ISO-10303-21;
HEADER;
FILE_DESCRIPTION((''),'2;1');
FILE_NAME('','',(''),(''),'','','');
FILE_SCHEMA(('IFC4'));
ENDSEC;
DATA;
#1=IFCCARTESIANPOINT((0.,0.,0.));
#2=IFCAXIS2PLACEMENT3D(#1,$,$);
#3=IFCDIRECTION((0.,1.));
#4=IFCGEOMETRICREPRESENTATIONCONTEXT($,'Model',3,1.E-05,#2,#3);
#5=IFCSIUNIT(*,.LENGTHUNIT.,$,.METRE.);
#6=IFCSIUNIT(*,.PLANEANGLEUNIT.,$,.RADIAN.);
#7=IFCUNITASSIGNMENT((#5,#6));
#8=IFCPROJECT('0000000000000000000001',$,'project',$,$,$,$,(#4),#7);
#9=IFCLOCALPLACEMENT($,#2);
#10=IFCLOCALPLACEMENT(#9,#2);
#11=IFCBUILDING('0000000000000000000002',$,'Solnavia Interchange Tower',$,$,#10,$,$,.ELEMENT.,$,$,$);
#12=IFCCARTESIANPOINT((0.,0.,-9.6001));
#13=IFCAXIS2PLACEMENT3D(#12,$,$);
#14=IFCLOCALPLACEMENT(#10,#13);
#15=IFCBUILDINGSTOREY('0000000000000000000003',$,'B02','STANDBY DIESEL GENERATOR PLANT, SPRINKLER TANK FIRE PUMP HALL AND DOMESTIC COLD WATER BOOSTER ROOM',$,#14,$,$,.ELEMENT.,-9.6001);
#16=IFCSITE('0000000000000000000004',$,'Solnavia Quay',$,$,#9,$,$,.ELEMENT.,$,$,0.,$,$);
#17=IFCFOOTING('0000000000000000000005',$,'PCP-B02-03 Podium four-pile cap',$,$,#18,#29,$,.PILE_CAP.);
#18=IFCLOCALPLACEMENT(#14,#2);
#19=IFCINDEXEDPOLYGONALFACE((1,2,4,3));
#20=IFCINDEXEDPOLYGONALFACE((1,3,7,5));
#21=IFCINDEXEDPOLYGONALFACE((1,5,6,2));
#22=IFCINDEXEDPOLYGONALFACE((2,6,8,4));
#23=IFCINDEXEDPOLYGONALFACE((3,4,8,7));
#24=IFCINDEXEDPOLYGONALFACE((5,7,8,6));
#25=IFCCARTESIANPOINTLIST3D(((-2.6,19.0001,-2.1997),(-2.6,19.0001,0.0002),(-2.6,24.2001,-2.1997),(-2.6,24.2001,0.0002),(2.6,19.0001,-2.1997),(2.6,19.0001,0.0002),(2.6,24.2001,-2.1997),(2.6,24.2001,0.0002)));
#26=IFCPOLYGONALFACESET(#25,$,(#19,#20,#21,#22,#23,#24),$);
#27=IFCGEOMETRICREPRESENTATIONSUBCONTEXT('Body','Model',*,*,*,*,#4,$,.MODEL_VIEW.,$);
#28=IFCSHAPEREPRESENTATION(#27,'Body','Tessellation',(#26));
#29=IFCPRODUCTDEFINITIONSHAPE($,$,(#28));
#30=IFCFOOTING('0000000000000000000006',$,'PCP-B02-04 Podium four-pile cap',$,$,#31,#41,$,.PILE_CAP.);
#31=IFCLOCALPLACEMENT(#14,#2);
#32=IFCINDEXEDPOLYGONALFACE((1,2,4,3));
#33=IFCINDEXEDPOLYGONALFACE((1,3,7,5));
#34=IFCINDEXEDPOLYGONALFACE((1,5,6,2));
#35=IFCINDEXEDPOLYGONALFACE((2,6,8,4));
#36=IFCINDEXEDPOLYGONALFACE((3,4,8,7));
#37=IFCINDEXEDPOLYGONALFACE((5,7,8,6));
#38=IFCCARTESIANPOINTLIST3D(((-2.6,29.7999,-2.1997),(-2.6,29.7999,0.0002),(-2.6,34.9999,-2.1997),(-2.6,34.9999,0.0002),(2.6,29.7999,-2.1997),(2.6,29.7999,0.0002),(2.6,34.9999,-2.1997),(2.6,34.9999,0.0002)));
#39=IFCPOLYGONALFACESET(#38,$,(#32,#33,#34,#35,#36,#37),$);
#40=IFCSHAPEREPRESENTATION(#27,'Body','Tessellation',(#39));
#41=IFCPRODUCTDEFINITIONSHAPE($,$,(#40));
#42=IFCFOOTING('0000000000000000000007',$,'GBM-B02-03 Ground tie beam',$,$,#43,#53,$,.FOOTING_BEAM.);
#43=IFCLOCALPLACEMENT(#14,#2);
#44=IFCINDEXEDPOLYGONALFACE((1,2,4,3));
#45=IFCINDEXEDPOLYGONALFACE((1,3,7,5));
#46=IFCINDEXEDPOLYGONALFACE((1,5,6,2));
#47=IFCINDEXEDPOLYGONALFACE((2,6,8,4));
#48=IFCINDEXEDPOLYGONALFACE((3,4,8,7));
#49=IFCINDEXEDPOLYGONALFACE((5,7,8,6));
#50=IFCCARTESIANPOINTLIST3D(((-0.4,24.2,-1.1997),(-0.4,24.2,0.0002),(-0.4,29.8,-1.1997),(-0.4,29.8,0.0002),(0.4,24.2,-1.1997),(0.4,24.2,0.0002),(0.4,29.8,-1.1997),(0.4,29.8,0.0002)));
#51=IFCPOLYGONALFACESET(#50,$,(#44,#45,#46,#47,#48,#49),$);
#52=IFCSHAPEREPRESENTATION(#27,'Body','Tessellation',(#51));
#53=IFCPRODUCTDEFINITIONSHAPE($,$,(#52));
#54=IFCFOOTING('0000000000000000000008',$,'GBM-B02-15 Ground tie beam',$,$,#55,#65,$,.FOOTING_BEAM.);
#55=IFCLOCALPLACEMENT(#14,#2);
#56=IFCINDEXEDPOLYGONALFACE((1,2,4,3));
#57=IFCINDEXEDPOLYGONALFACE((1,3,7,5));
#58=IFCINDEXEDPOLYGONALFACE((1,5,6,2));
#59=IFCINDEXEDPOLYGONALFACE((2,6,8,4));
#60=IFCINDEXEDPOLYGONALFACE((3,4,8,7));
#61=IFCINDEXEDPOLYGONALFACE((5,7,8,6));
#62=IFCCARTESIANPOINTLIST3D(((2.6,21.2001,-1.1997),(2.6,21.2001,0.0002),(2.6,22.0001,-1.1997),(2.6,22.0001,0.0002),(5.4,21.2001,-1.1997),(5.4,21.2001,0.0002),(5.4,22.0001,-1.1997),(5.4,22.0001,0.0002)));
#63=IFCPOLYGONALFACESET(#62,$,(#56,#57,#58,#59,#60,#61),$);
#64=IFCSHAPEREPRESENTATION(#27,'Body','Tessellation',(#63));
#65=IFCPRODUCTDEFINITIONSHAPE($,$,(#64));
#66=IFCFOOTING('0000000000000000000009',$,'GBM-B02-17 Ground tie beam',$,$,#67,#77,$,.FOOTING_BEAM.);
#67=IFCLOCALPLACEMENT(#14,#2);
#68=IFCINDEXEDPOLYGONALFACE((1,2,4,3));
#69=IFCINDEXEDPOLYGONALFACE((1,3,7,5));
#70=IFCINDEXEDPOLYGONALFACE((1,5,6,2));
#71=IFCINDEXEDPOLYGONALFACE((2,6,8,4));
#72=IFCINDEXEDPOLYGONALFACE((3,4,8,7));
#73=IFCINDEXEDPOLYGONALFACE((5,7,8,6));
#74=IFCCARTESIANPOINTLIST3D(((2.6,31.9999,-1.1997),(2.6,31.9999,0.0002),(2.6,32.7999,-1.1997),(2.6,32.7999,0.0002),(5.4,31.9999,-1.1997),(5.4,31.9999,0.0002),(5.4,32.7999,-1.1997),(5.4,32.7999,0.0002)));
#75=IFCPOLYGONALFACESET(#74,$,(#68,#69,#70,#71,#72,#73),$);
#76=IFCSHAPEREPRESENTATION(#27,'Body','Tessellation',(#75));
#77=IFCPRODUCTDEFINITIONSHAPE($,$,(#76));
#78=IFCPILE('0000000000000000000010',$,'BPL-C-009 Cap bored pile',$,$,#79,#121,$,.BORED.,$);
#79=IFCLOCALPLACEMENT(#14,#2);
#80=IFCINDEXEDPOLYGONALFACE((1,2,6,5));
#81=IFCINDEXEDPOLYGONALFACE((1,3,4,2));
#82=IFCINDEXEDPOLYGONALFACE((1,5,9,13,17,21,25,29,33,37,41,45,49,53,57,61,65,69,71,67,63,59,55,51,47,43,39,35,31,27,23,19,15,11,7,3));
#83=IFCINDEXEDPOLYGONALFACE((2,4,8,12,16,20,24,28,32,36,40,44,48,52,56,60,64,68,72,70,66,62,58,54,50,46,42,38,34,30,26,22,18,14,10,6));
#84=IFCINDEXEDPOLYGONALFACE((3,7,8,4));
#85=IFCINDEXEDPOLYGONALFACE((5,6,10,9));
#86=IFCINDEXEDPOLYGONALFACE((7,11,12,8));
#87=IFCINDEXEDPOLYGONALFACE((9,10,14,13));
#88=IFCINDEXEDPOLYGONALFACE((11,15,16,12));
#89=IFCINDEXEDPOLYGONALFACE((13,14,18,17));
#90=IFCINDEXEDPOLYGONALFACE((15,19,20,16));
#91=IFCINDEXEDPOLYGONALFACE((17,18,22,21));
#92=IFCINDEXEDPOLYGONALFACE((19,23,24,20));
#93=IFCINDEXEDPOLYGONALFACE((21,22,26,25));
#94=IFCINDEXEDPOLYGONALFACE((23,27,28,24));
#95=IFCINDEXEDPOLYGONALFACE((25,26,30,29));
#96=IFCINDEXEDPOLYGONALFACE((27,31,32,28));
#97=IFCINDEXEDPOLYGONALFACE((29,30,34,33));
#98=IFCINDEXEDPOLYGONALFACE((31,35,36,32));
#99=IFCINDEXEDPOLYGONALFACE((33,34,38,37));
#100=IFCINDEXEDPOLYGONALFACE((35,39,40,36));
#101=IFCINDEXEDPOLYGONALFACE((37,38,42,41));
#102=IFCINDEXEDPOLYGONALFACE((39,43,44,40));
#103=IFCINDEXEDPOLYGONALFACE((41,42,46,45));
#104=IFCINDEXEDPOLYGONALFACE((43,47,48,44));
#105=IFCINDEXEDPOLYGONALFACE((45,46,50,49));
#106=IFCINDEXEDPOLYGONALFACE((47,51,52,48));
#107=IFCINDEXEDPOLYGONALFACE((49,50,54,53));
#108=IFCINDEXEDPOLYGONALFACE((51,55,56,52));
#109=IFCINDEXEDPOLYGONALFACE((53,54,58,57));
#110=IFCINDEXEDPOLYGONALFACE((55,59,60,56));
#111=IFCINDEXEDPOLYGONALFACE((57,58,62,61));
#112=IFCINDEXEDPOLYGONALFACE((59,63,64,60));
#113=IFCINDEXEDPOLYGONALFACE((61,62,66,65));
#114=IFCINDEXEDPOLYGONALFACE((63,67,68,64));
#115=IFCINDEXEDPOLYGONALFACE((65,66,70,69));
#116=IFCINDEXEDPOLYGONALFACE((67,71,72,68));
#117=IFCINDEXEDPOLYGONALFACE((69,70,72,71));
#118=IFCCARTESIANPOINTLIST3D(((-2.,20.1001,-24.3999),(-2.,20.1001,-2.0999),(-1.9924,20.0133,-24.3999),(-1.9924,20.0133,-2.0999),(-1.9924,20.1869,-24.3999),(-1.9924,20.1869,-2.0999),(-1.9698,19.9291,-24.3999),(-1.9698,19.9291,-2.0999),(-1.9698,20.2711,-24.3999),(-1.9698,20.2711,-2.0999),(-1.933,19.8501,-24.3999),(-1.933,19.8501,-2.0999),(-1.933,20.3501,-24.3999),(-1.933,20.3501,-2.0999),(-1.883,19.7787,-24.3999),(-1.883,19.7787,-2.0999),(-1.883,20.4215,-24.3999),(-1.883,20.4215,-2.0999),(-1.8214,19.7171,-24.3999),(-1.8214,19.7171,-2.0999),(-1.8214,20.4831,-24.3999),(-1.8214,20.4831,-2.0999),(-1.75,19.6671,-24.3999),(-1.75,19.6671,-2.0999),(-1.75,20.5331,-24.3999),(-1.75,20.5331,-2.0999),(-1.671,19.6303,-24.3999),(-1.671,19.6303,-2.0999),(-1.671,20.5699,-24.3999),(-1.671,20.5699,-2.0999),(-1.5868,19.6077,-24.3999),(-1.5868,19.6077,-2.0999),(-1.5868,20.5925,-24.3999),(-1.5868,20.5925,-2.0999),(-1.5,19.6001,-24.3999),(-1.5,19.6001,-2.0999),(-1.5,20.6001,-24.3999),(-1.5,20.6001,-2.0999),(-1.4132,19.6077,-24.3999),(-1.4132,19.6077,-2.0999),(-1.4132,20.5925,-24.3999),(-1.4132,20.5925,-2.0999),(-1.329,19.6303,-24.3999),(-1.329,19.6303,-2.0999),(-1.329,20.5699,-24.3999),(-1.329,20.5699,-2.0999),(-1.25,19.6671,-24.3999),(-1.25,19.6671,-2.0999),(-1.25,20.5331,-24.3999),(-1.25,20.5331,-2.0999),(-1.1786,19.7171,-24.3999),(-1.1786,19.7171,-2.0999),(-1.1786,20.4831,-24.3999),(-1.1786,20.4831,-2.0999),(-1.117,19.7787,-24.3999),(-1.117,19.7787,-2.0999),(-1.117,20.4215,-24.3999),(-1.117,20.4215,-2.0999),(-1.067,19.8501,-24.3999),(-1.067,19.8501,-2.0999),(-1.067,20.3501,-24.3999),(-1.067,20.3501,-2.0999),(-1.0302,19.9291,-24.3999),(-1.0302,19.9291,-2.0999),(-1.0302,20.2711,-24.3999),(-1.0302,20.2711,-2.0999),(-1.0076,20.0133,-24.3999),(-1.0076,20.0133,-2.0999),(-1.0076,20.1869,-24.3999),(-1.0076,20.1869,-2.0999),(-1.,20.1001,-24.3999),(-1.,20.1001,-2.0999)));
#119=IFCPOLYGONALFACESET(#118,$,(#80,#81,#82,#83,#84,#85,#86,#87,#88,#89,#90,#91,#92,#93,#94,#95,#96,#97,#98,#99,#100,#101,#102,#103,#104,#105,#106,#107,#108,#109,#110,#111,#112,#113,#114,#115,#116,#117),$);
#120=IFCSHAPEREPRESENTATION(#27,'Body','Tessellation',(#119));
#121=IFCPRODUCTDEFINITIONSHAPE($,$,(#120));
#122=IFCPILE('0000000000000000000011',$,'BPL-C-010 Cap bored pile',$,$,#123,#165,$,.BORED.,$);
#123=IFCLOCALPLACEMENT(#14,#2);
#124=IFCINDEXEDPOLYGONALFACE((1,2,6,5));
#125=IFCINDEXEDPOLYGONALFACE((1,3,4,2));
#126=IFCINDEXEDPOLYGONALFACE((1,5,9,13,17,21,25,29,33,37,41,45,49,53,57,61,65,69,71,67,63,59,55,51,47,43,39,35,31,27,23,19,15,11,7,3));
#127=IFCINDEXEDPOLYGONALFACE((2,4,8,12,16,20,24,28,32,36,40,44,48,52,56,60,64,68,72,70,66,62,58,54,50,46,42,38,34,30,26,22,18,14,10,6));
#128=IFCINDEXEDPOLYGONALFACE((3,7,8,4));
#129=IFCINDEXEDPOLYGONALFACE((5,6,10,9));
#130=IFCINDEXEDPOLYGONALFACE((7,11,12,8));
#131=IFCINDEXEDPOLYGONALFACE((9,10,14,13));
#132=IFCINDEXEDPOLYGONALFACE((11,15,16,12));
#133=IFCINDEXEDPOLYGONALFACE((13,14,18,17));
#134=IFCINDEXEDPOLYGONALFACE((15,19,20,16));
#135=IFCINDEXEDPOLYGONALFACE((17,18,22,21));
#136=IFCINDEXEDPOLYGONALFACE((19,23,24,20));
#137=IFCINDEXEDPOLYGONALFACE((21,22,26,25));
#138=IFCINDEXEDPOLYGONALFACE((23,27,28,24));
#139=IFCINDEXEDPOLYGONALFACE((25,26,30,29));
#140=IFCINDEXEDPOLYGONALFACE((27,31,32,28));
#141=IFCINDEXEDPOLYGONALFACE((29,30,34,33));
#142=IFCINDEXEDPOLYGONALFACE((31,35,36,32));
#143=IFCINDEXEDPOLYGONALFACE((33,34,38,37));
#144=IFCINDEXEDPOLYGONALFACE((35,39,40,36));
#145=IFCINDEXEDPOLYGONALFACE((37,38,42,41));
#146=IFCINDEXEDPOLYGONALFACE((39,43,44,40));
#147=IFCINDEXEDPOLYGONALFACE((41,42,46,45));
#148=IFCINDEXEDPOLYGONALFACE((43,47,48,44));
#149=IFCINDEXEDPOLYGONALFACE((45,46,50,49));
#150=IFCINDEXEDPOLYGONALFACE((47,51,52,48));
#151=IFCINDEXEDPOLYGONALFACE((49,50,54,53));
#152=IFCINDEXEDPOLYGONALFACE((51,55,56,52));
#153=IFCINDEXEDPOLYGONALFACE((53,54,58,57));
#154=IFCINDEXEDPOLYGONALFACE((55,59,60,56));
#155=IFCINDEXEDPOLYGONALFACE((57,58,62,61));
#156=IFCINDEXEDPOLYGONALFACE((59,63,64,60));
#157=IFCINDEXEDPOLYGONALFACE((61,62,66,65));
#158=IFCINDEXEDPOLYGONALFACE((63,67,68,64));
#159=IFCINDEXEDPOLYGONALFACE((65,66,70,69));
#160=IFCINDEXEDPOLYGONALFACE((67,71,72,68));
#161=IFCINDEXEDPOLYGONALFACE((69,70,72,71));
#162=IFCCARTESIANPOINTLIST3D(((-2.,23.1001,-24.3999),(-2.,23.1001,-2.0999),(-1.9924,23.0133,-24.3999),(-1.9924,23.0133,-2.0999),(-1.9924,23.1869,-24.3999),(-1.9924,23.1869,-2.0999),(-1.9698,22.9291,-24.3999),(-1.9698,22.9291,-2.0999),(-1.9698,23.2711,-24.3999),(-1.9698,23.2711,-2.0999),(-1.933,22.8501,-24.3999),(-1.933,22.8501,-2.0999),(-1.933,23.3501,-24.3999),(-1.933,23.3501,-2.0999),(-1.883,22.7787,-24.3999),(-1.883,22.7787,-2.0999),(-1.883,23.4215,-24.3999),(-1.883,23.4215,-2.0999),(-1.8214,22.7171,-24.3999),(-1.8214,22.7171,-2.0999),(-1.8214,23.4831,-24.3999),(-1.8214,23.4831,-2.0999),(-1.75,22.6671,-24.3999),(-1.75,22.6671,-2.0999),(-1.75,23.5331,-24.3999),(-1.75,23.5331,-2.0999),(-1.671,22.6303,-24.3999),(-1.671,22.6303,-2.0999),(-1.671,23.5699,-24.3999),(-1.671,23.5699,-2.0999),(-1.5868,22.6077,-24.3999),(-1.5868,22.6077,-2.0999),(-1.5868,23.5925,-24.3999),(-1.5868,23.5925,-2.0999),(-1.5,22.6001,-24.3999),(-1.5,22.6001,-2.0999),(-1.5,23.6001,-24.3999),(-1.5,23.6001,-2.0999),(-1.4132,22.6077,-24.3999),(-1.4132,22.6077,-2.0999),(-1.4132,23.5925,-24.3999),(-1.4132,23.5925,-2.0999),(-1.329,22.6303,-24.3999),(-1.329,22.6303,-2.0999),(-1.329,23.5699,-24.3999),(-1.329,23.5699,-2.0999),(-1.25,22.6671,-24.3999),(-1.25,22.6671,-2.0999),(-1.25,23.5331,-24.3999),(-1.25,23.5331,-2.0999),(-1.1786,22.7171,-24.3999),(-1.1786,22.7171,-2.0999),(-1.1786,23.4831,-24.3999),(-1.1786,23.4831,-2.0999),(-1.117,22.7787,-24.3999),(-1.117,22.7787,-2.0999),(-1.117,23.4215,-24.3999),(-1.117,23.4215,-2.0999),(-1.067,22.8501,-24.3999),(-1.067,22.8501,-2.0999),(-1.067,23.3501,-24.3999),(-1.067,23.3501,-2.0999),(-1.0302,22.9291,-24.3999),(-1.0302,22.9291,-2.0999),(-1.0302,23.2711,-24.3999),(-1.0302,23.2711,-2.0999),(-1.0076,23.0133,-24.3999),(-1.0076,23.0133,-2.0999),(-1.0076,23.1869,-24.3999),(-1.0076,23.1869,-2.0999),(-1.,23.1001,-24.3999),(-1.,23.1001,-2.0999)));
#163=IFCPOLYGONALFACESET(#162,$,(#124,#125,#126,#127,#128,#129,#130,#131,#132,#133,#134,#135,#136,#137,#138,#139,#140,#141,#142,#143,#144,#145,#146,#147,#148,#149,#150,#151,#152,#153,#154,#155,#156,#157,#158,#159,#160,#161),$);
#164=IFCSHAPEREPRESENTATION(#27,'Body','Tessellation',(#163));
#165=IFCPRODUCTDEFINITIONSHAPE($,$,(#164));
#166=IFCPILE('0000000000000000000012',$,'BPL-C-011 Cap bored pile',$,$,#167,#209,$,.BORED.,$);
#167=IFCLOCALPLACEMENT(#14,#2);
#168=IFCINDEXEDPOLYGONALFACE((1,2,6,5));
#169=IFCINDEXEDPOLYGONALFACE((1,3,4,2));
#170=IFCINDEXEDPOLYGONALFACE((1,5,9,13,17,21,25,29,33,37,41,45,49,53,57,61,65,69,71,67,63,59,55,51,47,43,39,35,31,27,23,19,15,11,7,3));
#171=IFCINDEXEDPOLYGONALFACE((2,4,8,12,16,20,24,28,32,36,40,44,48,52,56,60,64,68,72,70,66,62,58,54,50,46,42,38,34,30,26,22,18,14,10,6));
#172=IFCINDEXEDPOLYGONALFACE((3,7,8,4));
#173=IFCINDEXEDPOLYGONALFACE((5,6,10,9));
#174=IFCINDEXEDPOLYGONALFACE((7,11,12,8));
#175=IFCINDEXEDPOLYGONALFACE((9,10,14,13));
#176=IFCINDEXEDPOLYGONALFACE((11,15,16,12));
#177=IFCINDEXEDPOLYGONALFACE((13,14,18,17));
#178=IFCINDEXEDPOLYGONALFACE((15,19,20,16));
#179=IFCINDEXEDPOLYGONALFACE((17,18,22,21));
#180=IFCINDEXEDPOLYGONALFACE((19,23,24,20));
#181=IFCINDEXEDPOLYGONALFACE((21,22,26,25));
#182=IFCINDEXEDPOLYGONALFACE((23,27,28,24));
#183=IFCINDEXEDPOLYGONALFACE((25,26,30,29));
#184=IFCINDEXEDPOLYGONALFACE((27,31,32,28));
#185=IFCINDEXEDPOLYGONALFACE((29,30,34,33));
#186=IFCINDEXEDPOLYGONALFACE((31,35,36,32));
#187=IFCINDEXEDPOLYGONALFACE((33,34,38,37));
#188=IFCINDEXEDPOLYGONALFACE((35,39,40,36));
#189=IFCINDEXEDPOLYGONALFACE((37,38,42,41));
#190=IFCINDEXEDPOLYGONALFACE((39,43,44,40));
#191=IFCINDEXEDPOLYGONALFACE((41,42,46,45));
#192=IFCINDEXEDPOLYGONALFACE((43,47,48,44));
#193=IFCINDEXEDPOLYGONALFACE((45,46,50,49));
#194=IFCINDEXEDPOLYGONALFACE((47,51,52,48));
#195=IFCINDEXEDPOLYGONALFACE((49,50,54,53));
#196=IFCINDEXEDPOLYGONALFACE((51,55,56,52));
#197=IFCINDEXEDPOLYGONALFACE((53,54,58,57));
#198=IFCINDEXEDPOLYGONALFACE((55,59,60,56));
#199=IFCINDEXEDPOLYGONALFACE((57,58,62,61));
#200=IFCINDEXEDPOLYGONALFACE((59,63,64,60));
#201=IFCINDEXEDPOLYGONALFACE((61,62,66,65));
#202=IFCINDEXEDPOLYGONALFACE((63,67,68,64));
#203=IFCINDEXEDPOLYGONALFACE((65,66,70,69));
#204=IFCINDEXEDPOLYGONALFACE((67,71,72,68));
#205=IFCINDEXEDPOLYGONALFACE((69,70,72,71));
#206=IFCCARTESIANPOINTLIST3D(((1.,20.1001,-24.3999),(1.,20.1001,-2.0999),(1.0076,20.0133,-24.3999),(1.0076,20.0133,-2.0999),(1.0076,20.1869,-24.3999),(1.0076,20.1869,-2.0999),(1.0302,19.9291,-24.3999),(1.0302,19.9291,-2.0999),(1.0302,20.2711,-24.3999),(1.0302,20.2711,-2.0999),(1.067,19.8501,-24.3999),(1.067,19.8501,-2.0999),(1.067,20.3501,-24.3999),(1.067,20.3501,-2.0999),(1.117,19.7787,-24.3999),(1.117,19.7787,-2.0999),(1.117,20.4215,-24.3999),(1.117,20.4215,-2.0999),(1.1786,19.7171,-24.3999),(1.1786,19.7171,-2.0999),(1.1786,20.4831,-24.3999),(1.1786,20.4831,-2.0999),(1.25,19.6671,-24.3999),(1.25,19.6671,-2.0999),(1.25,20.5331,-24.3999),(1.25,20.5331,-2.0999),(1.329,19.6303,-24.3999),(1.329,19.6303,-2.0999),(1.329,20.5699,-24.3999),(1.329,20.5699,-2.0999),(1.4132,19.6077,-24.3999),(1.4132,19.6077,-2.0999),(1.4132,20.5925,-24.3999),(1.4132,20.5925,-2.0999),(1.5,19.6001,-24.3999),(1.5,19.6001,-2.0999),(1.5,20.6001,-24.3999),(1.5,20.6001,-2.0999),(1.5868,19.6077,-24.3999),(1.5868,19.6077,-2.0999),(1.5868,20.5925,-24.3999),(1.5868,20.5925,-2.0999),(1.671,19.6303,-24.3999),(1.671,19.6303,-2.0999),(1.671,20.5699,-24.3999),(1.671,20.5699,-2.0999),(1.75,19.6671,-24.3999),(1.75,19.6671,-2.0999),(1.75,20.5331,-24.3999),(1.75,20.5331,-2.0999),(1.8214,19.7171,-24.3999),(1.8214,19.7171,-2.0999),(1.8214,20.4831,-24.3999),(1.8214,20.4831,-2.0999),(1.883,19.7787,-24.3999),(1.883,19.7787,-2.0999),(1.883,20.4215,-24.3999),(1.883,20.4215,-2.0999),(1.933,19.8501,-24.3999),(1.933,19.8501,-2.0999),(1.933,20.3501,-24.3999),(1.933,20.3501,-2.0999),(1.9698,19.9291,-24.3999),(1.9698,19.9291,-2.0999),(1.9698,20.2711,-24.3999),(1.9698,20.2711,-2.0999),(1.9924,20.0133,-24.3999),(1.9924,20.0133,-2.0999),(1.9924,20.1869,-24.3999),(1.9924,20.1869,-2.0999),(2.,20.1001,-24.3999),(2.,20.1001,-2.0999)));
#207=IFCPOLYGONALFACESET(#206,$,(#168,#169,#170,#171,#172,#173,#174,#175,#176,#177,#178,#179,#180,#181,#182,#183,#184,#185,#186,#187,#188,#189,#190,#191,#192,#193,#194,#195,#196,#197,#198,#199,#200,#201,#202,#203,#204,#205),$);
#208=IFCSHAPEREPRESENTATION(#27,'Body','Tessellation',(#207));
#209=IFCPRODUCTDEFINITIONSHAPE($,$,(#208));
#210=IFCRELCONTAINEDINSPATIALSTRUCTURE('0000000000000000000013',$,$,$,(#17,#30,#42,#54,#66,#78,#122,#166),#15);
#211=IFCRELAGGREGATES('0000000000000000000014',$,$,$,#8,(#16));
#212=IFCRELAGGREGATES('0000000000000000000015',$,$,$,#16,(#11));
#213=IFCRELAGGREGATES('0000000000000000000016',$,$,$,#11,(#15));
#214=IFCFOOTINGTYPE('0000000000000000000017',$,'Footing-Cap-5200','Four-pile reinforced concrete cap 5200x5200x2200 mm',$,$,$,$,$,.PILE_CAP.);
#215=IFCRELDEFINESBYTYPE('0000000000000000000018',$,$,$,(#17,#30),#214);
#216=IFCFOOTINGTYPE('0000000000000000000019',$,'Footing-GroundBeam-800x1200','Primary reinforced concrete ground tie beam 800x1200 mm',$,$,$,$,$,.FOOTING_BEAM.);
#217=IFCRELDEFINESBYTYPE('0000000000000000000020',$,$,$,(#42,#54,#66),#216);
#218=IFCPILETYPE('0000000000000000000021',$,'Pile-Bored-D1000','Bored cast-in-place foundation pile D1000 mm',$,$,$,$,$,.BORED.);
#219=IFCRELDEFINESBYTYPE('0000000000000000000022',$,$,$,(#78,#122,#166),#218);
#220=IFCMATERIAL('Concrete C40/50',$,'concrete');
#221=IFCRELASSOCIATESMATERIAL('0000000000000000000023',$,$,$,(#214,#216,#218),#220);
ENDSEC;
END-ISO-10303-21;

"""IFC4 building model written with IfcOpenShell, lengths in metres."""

from ifc_helpers import new_model, si_unit, direction, frame, origin, origin_2d, place, context, subcontext, project, spatial, rectangle, circle, extrude, material, material_profile, profile_set, type_object, element, save


model = new_model("IFC4")

# Units and contexts
model_context = context("Model", 3, precision=1e-05, world=origin(), true_north=direction((0.0, 1.0)))
body_context = subcontext(model_context, "Body", "Model", "MODEL_VIEW")
ifc_project = project(units=[si_unit("LENGTHUNIT", "METRE"), si_unit("PLANEANGLEUNIT", "RADIAN")], contexts=[model_context])

# Site, building, storey
site_placement = place(None, origin())
site = spatial("IfcSite", under=ifc_project, at=site_placement, Name="Solnavia Quay", CompositionType="ELEMENT", RefElevation=0.0)
building_placement = place(site_placement, origin())
building = spatial("IfcBuilding", under=site, at=building_placement, Name="Solnavia Interchange Tower", CompositionType="ELEMENT")
storey_placement = place(building_placement, frame((0.0, 0.0, -9.6001)))
storey = spatial("IfcBuildingStorey", under=building, at=storey_placement, Name="B02", Description="STANDBY DIESEL GENERATOR PLANT, SPRINKLER TANK FIRE PUMP HALL AND DOMESTIC COLD WATER BOOSTER ROOM", CompositionType="ELEMENT", Elevation=-9.6001)

# Footings
ifc_material_1 = material(Name="Concrete C40/50", Category="concrete")
footing_type_1 = type_object("IfcFootingType", Name="Footing-Cap-5200", Description="Four-pile reinforced concrete cap 5200x5200x2200 mm", PredefinedType="PILE_CAP", material=ifc_material_1)
for number, where, z_axis, x_axis, name in (
    (1, (0.0, 21.6001, -2.1997), (0.0, 0.0, 1.0), (1.0, 0.0, 0.0), "PCP-B02-03 Podium four-pile cap"),
    (2, (0.0, 32.3999, -2.1997), (0.0, 0.0, 1.0), (1.0, 0.0, 0.0), "PCP-B02-04 Podium four-pile cap"),
):
    element("IfcFooting", number, at=place(storey_placement, frame(where, z_axis=z_axis, x_axis=x_axis)), inside=storey, type_object=footing_type_1, Name=name, PredefinedType="PILE_CAP", context=body_context, shape_type="SweptSolid", body=[
        extrude(rectangle(XDim=5.2, YDim=5.2, at=origin_2d()), origin(), (0.0, 0.0, 1.0), 2.2),
    ])
footing_type_2 = type_object("IfcFootingType", Name="Footing-GroundBeam-800x1200", Description="Primary reinforced concrete ground tie beam 800x1200 mm", PredefinedType="FOOTING_BEAM", material=ifc_material_1)
footing_placement = place(storey_placement, frame((0.0, 27.0, -1.1997), z_axis=(0.0, 0.0, 1.0), x_axis=(0.0, 1.0, 0.0)))
element("IfcFooting", 3, at=footing_placement, inside=storey, type_object=footing_type_2, Name="GBM-B02-03 Ground tie beam", PredefinedType="FOOTING_BEAM", context=body_context, shape_type="SweptSolid", body=[
    extrude(rectangle(XDim=5.6001, YDim=0.8, at=origin_2d()), origin(), (0.0, 0.0, 1.0), 1.2),
])
for number, where, z_axis, x_axis, name in (
    (4, (4.0, 21.6001, -1.1997), (0.0, 0.0, 1.0), (1.0, 0.0, 0.0), "GBM-B02-15 Ground tie beam"),
    (5, (4.0, 32.3999, -1.1997), (0.0, 0.0, 1.0), (1.0, 0.0, 0.0), "GBM-B02-17 Ground tie beam"),
):
    element("IfcFooting", number, at=place(storey_placement, frame(where, z_axis=z_axis, x_axis=x_axis)), inside=storey, type_object=footing_type_2, Name=name, PredefinedType="FOOTING_BEAM", context=body_context, shape_type="SweptSolid", body=[
        extrude(rectangle(XDim=2.8, YDim=0.8, at=origin_2d()), origin(), (0.0, 0.0, 1.0), 1.2),
    ])

# Piles
ifc_material_profile_1 = material_profile(ifc_material_1, circle(Radius=0.5, at=origin_2d()), Name="PILE D1000")
ifc_profile_set_1 = profile_set([ifc_material_profile_1], Name="Concrete C40/50")
pile_type_1 = type_object("IfcPileType", Name="Pile-Bored-D1000", Description="Bored cast-in-place foundation pile D1000 mm", PredefinedType="BORED", material=ifc_profile_set_1)
for number, where, z_axis, x_axis, name in (
    (6, (-1.5, 20.1001, -2.0999), (0.0, 0.0, -1.0), (1.0, 0.0, 0.0), "BPL-C-009 Cap bored pile"),
    (7, (-1.5, 23.1001, -2.0999), (0.0, 0.0, -1.0), (1.0, 0.0, 0.0), "BPL-C-010 Cap bored pile"),
    (8, (1.5, 20.1001, -2.0999), (0.0, 0.0, -1.0), (1.0, 0.0, 0.0), "BPL-C-011 Cap bored pile"),
):
    element("IfcPile", number, at=place(storey_placement, frame(where, z_axis=z_axis, x_axis=x_axis)), inside=storey, type_object=pile_type_1, Name=name, PredefinedType="BORED", context=body_context, shape_type="SweptSolid", body=[
        extrude(circle(Radius=0.5, at=origin_2d()), origin(), (0.0, 0.0, 1.0), 22.3),
    ])

save(model, "model.ifc")
